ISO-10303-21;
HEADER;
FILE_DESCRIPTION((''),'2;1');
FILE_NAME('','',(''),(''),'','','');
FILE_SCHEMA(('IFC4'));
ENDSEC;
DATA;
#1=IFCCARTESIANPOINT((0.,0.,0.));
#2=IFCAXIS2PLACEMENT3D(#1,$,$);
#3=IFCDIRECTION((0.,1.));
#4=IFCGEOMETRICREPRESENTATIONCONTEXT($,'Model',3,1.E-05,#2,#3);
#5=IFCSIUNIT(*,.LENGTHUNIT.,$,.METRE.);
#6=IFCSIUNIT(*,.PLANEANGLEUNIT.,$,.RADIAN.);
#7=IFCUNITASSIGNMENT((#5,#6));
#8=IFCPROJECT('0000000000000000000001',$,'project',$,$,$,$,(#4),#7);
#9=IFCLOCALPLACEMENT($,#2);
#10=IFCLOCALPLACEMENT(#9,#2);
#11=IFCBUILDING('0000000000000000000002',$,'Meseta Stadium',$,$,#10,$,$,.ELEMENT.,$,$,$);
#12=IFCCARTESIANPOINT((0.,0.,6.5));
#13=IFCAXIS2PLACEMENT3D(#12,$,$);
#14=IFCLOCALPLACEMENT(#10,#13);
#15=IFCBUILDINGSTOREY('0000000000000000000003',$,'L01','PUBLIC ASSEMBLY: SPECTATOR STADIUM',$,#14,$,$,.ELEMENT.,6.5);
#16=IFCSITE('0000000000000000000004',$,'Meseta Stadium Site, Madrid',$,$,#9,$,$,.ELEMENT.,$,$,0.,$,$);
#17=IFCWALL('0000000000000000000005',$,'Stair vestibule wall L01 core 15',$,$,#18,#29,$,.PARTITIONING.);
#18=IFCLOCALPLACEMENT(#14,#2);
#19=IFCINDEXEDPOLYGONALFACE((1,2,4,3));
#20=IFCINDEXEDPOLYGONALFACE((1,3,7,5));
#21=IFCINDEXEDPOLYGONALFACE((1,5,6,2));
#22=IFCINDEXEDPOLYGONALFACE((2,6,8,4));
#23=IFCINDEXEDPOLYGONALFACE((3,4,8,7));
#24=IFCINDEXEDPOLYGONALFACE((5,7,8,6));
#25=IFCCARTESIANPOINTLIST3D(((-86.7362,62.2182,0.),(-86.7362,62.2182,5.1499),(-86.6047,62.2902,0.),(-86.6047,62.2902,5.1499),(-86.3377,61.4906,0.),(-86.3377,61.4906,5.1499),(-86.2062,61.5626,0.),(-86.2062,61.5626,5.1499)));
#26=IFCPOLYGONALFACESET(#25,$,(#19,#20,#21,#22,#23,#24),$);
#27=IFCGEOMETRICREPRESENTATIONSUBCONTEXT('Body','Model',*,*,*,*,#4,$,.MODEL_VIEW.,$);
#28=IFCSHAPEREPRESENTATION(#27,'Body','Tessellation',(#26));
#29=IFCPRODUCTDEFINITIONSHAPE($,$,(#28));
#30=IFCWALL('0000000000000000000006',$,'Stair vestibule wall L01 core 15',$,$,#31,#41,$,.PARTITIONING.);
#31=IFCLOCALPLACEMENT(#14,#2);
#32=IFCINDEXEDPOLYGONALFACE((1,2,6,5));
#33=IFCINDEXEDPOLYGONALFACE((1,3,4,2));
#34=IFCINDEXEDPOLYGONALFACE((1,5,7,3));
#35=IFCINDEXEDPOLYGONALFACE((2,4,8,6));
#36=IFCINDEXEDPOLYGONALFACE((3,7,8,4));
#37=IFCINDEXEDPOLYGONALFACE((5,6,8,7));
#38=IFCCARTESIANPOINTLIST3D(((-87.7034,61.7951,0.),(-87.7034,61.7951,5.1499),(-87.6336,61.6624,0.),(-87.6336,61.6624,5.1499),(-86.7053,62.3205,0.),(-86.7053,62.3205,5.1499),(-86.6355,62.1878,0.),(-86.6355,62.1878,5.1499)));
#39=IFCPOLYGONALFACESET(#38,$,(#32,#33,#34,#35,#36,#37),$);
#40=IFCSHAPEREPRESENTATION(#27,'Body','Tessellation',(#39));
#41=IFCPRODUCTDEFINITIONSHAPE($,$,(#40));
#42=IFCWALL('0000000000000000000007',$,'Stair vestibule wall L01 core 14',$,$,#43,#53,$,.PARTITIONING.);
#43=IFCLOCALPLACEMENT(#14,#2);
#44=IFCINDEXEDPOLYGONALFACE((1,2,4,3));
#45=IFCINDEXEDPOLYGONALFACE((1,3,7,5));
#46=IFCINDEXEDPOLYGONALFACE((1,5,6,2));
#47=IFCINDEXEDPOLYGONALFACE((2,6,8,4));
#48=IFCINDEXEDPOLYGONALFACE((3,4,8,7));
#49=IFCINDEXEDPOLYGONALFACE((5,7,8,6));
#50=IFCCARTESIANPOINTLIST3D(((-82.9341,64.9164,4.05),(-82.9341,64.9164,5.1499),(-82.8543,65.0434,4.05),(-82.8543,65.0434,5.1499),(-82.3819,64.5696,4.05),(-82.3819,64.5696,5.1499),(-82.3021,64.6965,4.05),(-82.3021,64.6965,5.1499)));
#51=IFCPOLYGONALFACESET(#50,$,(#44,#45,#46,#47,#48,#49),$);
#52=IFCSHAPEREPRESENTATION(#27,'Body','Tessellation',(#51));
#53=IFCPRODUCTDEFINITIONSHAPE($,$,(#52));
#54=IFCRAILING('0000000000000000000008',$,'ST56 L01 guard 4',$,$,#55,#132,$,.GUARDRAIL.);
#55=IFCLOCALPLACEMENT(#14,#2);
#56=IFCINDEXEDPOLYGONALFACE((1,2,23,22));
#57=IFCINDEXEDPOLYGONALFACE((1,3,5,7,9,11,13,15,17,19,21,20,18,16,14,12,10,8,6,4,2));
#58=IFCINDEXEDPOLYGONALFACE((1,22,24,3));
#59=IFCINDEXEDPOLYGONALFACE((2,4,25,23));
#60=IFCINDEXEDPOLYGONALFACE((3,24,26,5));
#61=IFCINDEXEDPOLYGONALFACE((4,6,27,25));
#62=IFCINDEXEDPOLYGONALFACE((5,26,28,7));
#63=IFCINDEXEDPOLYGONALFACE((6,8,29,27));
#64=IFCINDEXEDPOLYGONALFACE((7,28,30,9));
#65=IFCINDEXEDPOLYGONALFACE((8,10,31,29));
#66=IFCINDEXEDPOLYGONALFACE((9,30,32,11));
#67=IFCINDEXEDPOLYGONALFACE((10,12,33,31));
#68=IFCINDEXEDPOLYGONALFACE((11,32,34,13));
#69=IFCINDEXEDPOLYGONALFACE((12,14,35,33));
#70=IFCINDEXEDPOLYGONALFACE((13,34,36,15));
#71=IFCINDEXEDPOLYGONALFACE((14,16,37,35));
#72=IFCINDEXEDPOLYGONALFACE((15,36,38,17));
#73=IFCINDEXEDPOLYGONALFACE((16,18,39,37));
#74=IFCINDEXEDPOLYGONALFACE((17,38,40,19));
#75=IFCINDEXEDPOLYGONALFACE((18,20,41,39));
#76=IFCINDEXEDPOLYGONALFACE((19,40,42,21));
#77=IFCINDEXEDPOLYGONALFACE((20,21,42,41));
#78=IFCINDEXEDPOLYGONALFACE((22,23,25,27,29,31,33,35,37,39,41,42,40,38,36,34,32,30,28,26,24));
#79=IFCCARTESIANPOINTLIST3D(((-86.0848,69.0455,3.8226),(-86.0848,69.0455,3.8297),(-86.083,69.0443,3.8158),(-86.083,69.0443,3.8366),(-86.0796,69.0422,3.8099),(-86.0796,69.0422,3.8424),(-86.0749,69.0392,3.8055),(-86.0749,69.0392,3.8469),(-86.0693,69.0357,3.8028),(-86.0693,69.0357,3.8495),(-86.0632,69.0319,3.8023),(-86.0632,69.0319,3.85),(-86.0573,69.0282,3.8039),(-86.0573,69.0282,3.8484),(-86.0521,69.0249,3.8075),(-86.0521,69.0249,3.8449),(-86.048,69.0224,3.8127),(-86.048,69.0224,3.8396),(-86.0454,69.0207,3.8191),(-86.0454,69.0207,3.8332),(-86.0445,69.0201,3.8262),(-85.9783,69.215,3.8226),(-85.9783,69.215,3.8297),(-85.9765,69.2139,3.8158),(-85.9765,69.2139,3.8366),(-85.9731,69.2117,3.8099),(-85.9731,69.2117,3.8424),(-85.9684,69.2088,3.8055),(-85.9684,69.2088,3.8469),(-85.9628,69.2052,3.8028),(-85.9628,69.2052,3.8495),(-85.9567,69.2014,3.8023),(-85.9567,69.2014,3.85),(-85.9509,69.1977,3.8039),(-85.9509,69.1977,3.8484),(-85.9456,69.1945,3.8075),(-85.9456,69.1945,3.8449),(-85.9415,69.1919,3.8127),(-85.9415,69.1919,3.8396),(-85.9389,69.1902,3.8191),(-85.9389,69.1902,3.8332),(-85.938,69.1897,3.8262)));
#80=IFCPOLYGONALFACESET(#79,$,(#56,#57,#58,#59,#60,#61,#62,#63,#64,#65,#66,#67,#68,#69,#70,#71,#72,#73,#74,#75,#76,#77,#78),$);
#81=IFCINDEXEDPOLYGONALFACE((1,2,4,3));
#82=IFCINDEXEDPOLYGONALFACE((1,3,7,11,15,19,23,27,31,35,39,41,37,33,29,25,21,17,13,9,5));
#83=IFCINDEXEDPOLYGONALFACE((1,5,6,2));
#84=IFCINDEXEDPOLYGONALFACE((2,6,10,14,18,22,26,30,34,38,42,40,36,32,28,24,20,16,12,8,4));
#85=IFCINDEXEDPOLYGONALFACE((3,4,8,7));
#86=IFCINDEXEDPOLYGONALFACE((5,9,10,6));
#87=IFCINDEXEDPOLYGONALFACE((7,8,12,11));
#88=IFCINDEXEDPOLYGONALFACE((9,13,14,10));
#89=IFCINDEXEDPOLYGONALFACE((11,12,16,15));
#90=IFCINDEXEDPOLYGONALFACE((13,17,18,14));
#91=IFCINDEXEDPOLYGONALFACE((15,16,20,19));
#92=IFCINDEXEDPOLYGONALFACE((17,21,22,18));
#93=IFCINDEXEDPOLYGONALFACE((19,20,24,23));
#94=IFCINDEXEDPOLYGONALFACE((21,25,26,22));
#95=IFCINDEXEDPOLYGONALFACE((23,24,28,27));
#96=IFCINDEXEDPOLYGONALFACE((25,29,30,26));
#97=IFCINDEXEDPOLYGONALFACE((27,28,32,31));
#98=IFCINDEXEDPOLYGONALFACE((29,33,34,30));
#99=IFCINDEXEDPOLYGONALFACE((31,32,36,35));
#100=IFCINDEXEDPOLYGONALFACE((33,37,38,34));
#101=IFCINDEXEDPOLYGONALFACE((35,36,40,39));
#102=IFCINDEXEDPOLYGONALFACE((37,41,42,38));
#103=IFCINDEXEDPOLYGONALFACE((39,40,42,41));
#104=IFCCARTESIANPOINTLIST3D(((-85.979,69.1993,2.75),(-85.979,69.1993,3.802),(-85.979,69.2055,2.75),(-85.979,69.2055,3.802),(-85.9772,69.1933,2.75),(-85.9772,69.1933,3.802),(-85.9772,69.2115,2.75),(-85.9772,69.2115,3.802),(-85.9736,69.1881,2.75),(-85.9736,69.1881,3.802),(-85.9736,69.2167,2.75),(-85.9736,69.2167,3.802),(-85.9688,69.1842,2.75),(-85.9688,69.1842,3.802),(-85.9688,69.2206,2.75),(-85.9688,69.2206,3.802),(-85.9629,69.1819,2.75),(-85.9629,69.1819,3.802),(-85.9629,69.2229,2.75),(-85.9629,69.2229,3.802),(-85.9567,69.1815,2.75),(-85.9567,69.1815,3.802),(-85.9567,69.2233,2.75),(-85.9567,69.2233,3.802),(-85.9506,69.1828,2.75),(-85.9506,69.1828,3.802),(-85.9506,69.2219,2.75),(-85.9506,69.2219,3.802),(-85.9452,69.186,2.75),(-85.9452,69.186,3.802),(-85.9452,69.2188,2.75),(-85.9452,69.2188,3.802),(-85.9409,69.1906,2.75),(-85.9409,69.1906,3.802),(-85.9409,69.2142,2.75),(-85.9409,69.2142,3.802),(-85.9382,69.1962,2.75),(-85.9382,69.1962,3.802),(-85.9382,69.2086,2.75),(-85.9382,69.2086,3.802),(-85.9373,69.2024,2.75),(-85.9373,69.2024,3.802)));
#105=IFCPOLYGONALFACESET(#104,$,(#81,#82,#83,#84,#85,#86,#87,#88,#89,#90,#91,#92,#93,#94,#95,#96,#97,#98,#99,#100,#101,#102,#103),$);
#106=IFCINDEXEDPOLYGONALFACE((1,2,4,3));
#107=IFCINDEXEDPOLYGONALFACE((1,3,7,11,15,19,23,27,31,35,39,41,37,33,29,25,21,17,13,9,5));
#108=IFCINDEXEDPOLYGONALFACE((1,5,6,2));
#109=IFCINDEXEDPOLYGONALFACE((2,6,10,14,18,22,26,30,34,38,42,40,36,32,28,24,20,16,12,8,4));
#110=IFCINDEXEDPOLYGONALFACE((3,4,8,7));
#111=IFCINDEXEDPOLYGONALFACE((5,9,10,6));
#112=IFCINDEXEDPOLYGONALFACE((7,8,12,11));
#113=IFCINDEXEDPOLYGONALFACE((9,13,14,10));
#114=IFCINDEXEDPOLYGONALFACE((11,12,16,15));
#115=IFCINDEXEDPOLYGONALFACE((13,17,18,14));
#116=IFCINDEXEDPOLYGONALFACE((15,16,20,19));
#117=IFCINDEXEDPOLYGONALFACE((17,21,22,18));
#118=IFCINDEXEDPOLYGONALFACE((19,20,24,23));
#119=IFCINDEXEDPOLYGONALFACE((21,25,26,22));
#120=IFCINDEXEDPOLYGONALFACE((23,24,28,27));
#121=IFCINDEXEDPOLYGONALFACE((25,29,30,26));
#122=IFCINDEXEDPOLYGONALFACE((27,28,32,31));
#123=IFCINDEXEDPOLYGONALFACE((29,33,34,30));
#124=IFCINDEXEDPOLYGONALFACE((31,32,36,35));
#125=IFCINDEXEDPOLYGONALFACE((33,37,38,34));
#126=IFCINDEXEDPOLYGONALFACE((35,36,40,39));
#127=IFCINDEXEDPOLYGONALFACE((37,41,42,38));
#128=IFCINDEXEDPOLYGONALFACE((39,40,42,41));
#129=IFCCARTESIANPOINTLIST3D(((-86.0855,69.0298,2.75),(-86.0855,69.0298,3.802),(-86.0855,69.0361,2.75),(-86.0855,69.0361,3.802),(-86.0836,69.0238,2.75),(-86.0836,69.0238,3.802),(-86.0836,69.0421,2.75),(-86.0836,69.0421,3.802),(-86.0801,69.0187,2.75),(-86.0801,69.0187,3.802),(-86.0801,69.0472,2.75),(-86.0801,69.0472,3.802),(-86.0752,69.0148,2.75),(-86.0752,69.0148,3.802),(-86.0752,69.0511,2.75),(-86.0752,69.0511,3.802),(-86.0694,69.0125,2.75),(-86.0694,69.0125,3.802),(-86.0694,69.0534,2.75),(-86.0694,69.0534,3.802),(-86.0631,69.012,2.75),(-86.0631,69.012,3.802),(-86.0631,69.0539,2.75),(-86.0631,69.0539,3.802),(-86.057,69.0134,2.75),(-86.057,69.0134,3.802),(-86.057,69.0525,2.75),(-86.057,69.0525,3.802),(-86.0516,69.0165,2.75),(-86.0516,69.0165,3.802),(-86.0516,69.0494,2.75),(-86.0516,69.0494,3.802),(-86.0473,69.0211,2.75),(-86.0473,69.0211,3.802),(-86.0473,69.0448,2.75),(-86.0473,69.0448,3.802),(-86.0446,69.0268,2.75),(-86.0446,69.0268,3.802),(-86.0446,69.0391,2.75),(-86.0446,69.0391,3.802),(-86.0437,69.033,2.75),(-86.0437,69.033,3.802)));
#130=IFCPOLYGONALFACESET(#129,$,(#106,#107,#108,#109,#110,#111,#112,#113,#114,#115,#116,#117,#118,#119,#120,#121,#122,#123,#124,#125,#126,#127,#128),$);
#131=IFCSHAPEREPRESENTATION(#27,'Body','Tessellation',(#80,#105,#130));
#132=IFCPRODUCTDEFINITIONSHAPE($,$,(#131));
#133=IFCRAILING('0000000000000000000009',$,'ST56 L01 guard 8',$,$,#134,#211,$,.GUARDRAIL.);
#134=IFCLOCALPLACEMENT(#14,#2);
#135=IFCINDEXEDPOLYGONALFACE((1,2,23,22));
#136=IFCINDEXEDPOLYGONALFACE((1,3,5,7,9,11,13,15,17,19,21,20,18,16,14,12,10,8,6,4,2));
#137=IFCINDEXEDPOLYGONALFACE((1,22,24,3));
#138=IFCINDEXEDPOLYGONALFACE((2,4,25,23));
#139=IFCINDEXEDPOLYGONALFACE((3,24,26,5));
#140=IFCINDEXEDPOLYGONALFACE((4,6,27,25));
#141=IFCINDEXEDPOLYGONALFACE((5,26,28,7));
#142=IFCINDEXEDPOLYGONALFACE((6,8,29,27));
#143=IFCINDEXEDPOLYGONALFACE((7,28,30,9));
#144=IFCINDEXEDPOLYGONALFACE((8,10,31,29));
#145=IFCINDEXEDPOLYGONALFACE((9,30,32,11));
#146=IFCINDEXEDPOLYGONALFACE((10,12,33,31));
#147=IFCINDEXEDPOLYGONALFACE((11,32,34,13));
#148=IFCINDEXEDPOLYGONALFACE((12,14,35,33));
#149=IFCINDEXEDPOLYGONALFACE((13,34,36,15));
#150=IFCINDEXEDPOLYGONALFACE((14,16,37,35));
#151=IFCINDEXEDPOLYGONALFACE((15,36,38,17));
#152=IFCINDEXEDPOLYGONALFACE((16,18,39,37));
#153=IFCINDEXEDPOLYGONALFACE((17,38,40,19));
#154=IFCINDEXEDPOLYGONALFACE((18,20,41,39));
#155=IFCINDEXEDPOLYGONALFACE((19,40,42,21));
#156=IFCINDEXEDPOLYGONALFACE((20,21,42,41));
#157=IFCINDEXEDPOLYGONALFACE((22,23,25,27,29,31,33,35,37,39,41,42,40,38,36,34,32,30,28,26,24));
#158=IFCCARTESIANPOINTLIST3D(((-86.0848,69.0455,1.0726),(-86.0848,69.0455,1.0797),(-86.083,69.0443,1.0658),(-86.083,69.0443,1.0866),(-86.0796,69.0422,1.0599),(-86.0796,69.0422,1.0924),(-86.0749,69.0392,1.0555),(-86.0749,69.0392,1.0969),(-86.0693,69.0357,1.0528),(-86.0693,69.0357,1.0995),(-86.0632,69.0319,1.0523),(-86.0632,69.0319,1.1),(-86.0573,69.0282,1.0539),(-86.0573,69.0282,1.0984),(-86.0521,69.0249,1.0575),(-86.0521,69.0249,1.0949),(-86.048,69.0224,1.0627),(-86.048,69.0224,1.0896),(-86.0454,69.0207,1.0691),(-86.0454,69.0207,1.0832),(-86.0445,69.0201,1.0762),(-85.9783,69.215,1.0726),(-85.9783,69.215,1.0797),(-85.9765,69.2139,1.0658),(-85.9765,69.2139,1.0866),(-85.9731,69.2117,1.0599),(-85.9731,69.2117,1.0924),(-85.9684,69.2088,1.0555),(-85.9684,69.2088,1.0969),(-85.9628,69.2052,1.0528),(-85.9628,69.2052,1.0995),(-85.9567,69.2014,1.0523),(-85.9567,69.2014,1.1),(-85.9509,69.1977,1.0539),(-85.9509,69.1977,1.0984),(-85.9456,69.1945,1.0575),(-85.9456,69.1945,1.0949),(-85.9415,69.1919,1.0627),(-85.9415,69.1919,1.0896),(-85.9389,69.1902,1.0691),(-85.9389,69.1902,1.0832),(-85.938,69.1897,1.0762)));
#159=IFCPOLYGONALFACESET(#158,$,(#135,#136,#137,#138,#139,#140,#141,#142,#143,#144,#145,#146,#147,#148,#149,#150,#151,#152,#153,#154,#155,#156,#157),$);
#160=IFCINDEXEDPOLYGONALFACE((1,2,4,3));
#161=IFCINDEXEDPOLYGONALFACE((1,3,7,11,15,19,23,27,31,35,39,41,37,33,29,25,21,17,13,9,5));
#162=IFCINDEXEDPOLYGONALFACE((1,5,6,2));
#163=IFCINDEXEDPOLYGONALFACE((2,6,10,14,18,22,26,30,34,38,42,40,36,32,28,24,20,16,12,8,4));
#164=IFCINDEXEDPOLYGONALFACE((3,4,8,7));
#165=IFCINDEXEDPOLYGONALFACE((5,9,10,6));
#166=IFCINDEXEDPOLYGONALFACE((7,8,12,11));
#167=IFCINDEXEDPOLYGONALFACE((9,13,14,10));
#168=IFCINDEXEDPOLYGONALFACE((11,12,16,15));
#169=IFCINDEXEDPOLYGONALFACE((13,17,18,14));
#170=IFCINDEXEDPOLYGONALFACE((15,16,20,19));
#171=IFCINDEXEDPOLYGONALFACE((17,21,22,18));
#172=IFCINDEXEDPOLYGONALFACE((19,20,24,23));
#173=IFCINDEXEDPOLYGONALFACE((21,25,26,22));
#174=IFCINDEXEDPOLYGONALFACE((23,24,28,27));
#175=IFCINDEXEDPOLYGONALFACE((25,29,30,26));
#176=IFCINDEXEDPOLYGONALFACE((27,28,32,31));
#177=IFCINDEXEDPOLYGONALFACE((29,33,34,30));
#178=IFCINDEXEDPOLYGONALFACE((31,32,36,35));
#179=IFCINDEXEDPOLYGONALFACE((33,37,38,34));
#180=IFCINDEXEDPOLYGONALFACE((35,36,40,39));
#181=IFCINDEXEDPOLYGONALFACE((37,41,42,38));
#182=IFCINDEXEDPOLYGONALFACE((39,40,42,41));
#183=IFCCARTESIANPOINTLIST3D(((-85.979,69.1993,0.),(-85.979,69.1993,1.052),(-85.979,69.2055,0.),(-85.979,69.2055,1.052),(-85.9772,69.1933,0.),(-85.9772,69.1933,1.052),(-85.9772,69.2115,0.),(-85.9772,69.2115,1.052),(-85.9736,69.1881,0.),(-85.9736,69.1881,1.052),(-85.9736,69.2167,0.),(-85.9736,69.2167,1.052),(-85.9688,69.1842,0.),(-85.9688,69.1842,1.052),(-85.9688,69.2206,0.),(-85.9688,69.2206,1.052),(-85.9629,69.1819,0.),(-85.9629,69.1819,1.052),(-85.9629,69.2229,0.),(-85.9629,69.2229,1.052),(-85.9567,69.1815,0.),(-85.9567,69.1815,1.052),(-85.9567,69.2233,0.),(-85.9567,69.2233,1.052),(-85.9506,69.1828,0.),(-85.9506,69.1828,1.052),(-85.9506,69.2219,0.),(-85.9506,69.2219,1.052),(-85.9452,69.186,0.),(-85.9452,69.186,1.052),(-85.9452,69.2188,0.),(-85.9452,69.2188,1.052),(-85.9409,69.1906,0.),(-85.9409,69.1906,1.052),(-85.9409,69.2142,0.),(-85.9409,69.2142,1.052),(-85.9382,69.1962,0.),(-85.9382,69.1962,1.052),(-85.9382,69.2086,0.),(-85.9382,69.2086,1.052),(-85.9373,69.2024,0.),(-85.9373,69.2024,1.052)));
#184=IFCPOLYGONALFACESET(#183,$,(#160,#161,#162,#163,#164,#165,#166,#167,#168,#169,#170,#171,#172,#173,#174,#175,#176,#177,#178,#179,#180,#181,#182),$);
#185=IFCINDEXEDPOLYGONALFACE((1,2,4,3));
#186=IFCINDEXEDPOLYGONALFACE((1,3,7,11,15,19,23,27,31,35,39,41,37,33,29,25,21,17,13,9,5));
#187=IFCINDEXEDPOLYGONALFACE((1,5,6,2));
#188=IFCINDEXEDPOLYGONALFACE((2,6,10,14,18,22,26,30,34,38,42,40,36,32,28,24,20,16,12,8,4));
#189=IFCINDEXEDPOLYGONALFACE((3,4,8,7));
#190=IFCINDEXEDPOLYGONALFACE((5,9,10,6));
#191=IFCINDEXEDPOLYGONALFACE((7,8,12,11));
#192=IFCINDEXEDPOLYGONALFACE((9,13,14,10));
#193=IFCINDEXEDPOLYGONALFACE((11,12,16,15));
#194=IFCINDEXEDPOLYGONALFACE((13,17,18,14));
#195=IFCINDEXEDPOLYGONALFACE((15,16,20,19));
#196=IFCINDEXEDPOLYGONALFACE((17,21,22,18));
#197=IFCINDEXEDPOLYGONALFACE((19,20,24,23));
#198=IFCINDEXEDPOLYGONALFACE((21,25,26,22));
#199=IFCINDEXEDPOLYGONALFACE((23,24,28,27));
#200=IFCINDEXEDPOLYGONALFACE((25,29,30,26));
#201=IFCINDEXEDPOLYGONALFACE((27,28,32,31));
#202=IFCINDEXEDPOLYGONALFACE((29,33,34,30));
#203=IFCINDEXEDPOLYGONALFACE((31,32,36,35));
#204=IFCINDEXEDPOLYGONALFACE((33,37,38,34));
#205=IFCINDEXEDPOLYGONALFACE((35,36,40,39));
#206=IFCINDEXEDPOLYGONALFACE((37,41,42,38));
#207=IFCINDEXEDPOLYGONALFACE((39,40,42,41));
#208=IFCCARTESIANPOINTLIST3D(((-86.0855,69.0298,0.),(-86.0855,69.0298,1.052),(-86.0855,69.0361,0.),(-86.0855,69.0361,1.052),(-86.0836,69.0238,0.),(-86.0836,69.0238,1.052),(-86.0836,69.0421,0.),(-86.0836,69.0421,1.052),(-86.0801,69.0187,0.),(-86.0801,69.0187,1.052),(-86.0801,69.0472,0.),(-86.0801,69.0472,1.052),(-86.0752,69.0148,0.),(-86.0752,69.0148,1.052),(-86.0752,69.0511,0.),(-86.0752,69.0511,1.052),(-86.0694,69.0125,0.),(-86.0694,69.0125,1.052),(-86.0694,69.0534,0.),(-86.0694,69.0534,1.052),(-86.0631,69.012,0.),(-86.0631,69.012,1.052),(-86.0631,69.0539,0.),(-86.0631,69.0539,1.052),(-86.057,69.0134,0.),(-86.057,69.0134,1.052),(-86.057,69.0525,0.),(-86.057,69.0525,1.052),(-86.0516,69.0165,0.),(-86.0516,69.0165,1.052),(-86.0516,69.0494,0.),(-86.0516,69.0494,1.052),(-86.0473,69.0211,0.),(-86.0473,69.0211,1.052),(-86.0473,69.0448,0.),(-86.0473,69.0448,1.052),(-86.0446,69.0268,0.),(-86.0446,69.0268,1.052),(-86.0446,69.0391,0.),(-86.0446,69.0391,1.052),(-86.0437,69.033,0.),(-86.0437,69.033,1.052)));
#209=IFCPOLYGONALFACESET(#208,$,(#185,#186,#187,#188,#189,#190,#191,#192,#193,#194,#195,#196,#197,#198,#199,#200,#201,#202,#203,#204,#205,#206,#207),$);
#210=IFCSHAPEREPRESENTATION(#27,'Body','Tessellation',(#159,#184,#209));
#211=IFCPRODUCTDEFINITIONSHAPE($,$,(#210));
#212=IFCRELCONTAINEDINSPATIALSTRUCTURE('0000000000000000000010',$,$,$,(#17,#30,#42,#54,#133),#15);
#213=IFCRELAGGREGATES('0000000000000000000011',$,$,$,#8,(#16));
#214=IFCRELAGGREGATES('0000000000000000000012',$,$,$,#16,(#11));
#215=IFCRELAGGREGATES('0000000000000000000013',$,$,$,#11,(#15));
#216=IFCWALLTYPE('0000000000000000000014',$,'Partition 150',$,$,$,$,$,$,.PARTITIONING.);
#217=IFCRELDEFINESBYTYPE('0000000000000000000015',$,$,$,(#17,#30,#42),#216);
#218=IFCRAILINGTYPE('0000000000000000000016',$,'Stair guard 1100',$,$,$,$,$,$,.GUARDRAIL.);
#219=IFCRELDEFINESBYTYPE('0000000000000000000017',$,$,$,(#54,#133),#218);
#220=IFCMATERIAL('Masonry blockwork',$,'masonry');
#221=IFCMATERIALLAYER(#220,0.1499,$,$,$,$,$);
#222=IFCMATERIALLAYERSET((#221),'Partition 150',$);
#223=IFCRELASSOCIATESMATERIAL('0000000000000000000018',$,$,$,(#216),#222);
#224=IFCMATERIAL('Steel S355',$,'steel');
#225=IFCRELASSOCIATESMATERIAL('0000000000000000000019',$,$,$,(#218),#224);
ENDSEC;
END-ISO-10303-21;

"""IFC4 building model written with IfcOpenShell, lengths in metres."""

from ifc_helpers import new_model, si_unit, direction, frame, frame_2d, origin, origin_2d, place, context, subcontext, project, spatial, rectangle, circle, extrude, material, layer, layer_set, type_object, element, save


model = new_model("IFC4")

# Units and contexts
model_context = context("Model", 3, precision=1e-05, world=origin(), true_north=direction((0.0, 1.0)))
body_context = subcontext(model_context, "Body", "Model", "MODEL_VIEW")
ifc_project = project(units=[si_unit("LENGTHUNIT", "METRE"), si_unit("PLANEANGLEUNIT", "RADIAN")], contexts=[model_context])

# Site, building, storey
site_placement = place(None, origin())
site = spatial("IfcSite", under=ifc_project, at=site_placement, Name="Meseta Stadium Site, Madrid", CompositionType="ELEMENT", RefElevation=0.0)
building_placement = place(site_placement, origin())
building = spatial("IfcBuilding", under=site, at=building_placement, Name="Meseta Stadium", CompositionType="ELEMENT")
storey_placement = place(building_placement, frame((0.0, 0.0, 6.5)))
storey = spatial("IfcBuildingStorey", under=building, at=storey_placement, Name="L01", Description="PUBLIC ASSEMBLY: SPECTATOR STADIUM", CompositionType="ELEMENT", Elevation=6.5)

# Shared definitions
ifc_material_1 = material(Name="Masonry blockwork", Category="masonry")
ifc_layer_1 = layer(ifc_material_1, 0.1499)
ifc_layer_set_1 = layer_set([ifc_layer_1], Name="Partition 150")
wall_type_1 = type_object("IfcWallType", Name="Partition 150", PredefinedType="PARTITIONING", material=ifc_layer_set_1)

# Walls
wall_1_placement = place(storey_placement, frame((-86.272, 61.5266, 0.0), z_axis=(0.0, 0.0, 1.0), x_axis=(-0.480336, 0.877084, 0.0)))
element("IfcWall", 1, at=wall_1_placement, inside=storey, type_object=wall_type_1, Name="Stair vestibule wall L01 core 15", PredefinedType="PARTITIONING", context=body_context, shape_type="SweptSolid", body=[
    extrude(rectangle(XDim=0.8296, YDim=0.1499, at=frame_2d((0.4148, 0.0))), origin(), (0.0, 0.0, 1.0), 5.1499),
])
wall_2_placement = place(storey_placement, frame((-86.6704, 62.2542, 0.0), z_axis=(0.0, 0.0, 1.0), x_axis=(-0.884881, -0.465818, 0.0)))
element("IfcWall", 2, at=wall_2_placement, inside=storey, type_object=wall_type_1, Name="Stair vestibule wall L01 core 15", PredefinedType="PARTITIONING", context=body_context, shape_type="SweptSolid", body=[
    extrude(rectangle(XDim=1.1279, YDim=0.1499, at=frame_2d((0.564, 0.0))), origin(), (0.0, 0.0, 1.0), 5.1499),
])
wall_3_placement = place(storey_placement, frame((-82.8943, 64.98, 4.05), z_axis=(0.0, 0.0, 1.0), x_axis=(0.846776, -0.531949, 0.0)))
element("IfcWall", 3, at=wall_3_placement, inside=storey, type_object=wall_type_1, Name="Stair vestibule wall L01 core 14", PredefinedType="PARTITIONING", context=body_context, shape_type="SweptSolid", body=[
    extrude(rectangle(XDim=0.6521, YDim=0.1499, at=frame_2d((0.3262, 0.0))), origin(), (0.0, 0.0, 1.0), 1.0999),
])

# Railings
ifc_material_2 = material(Name="Steel S355", Category="steel")
railing_type_1 = type_object("IfcRailingType", Name="Stair guard 1100", PredefinedType="GUARDRAIL", material=ifc_material_2)
for number, where, name in (
    (4, (-85.9583, 69.2024, 2.75), "ST56 L01 guard 4"),
    (5, (-85.9583, 69.2024, 0.0), "ST56 L01 guard 8"),
):
    element("IfcRailing", number, at=place(storey_placement, frame(where)), inside=storey, type_object=railing_type_1, Name=name, PredefinedType="GUARDRAIL", context=body_context, shape_type="SweptSolid", body=[
        extrude(circle(Radius=0.0239, at=origin_2d()), frame((0.0, 0.0, 1.0762), z_axis=(-0.531972, -0.846762, 0.0), x_axis=(0.846762, -0.531972, 0.0)), (0.0, 0.0, 1.0), 0.2002),
        extrude(circle(Radius=0.021, at=origin_2d()), origin(), (0.0, 0.0, 1.0), 1.052),
        extrude(circle(Radius=0.021, at=origin_2d()), frame((-0.1064, -0.1694, 0.0)), (0.0, 0.0, 1.0), 1.052),
    ])

save(model, "model.ifc")
